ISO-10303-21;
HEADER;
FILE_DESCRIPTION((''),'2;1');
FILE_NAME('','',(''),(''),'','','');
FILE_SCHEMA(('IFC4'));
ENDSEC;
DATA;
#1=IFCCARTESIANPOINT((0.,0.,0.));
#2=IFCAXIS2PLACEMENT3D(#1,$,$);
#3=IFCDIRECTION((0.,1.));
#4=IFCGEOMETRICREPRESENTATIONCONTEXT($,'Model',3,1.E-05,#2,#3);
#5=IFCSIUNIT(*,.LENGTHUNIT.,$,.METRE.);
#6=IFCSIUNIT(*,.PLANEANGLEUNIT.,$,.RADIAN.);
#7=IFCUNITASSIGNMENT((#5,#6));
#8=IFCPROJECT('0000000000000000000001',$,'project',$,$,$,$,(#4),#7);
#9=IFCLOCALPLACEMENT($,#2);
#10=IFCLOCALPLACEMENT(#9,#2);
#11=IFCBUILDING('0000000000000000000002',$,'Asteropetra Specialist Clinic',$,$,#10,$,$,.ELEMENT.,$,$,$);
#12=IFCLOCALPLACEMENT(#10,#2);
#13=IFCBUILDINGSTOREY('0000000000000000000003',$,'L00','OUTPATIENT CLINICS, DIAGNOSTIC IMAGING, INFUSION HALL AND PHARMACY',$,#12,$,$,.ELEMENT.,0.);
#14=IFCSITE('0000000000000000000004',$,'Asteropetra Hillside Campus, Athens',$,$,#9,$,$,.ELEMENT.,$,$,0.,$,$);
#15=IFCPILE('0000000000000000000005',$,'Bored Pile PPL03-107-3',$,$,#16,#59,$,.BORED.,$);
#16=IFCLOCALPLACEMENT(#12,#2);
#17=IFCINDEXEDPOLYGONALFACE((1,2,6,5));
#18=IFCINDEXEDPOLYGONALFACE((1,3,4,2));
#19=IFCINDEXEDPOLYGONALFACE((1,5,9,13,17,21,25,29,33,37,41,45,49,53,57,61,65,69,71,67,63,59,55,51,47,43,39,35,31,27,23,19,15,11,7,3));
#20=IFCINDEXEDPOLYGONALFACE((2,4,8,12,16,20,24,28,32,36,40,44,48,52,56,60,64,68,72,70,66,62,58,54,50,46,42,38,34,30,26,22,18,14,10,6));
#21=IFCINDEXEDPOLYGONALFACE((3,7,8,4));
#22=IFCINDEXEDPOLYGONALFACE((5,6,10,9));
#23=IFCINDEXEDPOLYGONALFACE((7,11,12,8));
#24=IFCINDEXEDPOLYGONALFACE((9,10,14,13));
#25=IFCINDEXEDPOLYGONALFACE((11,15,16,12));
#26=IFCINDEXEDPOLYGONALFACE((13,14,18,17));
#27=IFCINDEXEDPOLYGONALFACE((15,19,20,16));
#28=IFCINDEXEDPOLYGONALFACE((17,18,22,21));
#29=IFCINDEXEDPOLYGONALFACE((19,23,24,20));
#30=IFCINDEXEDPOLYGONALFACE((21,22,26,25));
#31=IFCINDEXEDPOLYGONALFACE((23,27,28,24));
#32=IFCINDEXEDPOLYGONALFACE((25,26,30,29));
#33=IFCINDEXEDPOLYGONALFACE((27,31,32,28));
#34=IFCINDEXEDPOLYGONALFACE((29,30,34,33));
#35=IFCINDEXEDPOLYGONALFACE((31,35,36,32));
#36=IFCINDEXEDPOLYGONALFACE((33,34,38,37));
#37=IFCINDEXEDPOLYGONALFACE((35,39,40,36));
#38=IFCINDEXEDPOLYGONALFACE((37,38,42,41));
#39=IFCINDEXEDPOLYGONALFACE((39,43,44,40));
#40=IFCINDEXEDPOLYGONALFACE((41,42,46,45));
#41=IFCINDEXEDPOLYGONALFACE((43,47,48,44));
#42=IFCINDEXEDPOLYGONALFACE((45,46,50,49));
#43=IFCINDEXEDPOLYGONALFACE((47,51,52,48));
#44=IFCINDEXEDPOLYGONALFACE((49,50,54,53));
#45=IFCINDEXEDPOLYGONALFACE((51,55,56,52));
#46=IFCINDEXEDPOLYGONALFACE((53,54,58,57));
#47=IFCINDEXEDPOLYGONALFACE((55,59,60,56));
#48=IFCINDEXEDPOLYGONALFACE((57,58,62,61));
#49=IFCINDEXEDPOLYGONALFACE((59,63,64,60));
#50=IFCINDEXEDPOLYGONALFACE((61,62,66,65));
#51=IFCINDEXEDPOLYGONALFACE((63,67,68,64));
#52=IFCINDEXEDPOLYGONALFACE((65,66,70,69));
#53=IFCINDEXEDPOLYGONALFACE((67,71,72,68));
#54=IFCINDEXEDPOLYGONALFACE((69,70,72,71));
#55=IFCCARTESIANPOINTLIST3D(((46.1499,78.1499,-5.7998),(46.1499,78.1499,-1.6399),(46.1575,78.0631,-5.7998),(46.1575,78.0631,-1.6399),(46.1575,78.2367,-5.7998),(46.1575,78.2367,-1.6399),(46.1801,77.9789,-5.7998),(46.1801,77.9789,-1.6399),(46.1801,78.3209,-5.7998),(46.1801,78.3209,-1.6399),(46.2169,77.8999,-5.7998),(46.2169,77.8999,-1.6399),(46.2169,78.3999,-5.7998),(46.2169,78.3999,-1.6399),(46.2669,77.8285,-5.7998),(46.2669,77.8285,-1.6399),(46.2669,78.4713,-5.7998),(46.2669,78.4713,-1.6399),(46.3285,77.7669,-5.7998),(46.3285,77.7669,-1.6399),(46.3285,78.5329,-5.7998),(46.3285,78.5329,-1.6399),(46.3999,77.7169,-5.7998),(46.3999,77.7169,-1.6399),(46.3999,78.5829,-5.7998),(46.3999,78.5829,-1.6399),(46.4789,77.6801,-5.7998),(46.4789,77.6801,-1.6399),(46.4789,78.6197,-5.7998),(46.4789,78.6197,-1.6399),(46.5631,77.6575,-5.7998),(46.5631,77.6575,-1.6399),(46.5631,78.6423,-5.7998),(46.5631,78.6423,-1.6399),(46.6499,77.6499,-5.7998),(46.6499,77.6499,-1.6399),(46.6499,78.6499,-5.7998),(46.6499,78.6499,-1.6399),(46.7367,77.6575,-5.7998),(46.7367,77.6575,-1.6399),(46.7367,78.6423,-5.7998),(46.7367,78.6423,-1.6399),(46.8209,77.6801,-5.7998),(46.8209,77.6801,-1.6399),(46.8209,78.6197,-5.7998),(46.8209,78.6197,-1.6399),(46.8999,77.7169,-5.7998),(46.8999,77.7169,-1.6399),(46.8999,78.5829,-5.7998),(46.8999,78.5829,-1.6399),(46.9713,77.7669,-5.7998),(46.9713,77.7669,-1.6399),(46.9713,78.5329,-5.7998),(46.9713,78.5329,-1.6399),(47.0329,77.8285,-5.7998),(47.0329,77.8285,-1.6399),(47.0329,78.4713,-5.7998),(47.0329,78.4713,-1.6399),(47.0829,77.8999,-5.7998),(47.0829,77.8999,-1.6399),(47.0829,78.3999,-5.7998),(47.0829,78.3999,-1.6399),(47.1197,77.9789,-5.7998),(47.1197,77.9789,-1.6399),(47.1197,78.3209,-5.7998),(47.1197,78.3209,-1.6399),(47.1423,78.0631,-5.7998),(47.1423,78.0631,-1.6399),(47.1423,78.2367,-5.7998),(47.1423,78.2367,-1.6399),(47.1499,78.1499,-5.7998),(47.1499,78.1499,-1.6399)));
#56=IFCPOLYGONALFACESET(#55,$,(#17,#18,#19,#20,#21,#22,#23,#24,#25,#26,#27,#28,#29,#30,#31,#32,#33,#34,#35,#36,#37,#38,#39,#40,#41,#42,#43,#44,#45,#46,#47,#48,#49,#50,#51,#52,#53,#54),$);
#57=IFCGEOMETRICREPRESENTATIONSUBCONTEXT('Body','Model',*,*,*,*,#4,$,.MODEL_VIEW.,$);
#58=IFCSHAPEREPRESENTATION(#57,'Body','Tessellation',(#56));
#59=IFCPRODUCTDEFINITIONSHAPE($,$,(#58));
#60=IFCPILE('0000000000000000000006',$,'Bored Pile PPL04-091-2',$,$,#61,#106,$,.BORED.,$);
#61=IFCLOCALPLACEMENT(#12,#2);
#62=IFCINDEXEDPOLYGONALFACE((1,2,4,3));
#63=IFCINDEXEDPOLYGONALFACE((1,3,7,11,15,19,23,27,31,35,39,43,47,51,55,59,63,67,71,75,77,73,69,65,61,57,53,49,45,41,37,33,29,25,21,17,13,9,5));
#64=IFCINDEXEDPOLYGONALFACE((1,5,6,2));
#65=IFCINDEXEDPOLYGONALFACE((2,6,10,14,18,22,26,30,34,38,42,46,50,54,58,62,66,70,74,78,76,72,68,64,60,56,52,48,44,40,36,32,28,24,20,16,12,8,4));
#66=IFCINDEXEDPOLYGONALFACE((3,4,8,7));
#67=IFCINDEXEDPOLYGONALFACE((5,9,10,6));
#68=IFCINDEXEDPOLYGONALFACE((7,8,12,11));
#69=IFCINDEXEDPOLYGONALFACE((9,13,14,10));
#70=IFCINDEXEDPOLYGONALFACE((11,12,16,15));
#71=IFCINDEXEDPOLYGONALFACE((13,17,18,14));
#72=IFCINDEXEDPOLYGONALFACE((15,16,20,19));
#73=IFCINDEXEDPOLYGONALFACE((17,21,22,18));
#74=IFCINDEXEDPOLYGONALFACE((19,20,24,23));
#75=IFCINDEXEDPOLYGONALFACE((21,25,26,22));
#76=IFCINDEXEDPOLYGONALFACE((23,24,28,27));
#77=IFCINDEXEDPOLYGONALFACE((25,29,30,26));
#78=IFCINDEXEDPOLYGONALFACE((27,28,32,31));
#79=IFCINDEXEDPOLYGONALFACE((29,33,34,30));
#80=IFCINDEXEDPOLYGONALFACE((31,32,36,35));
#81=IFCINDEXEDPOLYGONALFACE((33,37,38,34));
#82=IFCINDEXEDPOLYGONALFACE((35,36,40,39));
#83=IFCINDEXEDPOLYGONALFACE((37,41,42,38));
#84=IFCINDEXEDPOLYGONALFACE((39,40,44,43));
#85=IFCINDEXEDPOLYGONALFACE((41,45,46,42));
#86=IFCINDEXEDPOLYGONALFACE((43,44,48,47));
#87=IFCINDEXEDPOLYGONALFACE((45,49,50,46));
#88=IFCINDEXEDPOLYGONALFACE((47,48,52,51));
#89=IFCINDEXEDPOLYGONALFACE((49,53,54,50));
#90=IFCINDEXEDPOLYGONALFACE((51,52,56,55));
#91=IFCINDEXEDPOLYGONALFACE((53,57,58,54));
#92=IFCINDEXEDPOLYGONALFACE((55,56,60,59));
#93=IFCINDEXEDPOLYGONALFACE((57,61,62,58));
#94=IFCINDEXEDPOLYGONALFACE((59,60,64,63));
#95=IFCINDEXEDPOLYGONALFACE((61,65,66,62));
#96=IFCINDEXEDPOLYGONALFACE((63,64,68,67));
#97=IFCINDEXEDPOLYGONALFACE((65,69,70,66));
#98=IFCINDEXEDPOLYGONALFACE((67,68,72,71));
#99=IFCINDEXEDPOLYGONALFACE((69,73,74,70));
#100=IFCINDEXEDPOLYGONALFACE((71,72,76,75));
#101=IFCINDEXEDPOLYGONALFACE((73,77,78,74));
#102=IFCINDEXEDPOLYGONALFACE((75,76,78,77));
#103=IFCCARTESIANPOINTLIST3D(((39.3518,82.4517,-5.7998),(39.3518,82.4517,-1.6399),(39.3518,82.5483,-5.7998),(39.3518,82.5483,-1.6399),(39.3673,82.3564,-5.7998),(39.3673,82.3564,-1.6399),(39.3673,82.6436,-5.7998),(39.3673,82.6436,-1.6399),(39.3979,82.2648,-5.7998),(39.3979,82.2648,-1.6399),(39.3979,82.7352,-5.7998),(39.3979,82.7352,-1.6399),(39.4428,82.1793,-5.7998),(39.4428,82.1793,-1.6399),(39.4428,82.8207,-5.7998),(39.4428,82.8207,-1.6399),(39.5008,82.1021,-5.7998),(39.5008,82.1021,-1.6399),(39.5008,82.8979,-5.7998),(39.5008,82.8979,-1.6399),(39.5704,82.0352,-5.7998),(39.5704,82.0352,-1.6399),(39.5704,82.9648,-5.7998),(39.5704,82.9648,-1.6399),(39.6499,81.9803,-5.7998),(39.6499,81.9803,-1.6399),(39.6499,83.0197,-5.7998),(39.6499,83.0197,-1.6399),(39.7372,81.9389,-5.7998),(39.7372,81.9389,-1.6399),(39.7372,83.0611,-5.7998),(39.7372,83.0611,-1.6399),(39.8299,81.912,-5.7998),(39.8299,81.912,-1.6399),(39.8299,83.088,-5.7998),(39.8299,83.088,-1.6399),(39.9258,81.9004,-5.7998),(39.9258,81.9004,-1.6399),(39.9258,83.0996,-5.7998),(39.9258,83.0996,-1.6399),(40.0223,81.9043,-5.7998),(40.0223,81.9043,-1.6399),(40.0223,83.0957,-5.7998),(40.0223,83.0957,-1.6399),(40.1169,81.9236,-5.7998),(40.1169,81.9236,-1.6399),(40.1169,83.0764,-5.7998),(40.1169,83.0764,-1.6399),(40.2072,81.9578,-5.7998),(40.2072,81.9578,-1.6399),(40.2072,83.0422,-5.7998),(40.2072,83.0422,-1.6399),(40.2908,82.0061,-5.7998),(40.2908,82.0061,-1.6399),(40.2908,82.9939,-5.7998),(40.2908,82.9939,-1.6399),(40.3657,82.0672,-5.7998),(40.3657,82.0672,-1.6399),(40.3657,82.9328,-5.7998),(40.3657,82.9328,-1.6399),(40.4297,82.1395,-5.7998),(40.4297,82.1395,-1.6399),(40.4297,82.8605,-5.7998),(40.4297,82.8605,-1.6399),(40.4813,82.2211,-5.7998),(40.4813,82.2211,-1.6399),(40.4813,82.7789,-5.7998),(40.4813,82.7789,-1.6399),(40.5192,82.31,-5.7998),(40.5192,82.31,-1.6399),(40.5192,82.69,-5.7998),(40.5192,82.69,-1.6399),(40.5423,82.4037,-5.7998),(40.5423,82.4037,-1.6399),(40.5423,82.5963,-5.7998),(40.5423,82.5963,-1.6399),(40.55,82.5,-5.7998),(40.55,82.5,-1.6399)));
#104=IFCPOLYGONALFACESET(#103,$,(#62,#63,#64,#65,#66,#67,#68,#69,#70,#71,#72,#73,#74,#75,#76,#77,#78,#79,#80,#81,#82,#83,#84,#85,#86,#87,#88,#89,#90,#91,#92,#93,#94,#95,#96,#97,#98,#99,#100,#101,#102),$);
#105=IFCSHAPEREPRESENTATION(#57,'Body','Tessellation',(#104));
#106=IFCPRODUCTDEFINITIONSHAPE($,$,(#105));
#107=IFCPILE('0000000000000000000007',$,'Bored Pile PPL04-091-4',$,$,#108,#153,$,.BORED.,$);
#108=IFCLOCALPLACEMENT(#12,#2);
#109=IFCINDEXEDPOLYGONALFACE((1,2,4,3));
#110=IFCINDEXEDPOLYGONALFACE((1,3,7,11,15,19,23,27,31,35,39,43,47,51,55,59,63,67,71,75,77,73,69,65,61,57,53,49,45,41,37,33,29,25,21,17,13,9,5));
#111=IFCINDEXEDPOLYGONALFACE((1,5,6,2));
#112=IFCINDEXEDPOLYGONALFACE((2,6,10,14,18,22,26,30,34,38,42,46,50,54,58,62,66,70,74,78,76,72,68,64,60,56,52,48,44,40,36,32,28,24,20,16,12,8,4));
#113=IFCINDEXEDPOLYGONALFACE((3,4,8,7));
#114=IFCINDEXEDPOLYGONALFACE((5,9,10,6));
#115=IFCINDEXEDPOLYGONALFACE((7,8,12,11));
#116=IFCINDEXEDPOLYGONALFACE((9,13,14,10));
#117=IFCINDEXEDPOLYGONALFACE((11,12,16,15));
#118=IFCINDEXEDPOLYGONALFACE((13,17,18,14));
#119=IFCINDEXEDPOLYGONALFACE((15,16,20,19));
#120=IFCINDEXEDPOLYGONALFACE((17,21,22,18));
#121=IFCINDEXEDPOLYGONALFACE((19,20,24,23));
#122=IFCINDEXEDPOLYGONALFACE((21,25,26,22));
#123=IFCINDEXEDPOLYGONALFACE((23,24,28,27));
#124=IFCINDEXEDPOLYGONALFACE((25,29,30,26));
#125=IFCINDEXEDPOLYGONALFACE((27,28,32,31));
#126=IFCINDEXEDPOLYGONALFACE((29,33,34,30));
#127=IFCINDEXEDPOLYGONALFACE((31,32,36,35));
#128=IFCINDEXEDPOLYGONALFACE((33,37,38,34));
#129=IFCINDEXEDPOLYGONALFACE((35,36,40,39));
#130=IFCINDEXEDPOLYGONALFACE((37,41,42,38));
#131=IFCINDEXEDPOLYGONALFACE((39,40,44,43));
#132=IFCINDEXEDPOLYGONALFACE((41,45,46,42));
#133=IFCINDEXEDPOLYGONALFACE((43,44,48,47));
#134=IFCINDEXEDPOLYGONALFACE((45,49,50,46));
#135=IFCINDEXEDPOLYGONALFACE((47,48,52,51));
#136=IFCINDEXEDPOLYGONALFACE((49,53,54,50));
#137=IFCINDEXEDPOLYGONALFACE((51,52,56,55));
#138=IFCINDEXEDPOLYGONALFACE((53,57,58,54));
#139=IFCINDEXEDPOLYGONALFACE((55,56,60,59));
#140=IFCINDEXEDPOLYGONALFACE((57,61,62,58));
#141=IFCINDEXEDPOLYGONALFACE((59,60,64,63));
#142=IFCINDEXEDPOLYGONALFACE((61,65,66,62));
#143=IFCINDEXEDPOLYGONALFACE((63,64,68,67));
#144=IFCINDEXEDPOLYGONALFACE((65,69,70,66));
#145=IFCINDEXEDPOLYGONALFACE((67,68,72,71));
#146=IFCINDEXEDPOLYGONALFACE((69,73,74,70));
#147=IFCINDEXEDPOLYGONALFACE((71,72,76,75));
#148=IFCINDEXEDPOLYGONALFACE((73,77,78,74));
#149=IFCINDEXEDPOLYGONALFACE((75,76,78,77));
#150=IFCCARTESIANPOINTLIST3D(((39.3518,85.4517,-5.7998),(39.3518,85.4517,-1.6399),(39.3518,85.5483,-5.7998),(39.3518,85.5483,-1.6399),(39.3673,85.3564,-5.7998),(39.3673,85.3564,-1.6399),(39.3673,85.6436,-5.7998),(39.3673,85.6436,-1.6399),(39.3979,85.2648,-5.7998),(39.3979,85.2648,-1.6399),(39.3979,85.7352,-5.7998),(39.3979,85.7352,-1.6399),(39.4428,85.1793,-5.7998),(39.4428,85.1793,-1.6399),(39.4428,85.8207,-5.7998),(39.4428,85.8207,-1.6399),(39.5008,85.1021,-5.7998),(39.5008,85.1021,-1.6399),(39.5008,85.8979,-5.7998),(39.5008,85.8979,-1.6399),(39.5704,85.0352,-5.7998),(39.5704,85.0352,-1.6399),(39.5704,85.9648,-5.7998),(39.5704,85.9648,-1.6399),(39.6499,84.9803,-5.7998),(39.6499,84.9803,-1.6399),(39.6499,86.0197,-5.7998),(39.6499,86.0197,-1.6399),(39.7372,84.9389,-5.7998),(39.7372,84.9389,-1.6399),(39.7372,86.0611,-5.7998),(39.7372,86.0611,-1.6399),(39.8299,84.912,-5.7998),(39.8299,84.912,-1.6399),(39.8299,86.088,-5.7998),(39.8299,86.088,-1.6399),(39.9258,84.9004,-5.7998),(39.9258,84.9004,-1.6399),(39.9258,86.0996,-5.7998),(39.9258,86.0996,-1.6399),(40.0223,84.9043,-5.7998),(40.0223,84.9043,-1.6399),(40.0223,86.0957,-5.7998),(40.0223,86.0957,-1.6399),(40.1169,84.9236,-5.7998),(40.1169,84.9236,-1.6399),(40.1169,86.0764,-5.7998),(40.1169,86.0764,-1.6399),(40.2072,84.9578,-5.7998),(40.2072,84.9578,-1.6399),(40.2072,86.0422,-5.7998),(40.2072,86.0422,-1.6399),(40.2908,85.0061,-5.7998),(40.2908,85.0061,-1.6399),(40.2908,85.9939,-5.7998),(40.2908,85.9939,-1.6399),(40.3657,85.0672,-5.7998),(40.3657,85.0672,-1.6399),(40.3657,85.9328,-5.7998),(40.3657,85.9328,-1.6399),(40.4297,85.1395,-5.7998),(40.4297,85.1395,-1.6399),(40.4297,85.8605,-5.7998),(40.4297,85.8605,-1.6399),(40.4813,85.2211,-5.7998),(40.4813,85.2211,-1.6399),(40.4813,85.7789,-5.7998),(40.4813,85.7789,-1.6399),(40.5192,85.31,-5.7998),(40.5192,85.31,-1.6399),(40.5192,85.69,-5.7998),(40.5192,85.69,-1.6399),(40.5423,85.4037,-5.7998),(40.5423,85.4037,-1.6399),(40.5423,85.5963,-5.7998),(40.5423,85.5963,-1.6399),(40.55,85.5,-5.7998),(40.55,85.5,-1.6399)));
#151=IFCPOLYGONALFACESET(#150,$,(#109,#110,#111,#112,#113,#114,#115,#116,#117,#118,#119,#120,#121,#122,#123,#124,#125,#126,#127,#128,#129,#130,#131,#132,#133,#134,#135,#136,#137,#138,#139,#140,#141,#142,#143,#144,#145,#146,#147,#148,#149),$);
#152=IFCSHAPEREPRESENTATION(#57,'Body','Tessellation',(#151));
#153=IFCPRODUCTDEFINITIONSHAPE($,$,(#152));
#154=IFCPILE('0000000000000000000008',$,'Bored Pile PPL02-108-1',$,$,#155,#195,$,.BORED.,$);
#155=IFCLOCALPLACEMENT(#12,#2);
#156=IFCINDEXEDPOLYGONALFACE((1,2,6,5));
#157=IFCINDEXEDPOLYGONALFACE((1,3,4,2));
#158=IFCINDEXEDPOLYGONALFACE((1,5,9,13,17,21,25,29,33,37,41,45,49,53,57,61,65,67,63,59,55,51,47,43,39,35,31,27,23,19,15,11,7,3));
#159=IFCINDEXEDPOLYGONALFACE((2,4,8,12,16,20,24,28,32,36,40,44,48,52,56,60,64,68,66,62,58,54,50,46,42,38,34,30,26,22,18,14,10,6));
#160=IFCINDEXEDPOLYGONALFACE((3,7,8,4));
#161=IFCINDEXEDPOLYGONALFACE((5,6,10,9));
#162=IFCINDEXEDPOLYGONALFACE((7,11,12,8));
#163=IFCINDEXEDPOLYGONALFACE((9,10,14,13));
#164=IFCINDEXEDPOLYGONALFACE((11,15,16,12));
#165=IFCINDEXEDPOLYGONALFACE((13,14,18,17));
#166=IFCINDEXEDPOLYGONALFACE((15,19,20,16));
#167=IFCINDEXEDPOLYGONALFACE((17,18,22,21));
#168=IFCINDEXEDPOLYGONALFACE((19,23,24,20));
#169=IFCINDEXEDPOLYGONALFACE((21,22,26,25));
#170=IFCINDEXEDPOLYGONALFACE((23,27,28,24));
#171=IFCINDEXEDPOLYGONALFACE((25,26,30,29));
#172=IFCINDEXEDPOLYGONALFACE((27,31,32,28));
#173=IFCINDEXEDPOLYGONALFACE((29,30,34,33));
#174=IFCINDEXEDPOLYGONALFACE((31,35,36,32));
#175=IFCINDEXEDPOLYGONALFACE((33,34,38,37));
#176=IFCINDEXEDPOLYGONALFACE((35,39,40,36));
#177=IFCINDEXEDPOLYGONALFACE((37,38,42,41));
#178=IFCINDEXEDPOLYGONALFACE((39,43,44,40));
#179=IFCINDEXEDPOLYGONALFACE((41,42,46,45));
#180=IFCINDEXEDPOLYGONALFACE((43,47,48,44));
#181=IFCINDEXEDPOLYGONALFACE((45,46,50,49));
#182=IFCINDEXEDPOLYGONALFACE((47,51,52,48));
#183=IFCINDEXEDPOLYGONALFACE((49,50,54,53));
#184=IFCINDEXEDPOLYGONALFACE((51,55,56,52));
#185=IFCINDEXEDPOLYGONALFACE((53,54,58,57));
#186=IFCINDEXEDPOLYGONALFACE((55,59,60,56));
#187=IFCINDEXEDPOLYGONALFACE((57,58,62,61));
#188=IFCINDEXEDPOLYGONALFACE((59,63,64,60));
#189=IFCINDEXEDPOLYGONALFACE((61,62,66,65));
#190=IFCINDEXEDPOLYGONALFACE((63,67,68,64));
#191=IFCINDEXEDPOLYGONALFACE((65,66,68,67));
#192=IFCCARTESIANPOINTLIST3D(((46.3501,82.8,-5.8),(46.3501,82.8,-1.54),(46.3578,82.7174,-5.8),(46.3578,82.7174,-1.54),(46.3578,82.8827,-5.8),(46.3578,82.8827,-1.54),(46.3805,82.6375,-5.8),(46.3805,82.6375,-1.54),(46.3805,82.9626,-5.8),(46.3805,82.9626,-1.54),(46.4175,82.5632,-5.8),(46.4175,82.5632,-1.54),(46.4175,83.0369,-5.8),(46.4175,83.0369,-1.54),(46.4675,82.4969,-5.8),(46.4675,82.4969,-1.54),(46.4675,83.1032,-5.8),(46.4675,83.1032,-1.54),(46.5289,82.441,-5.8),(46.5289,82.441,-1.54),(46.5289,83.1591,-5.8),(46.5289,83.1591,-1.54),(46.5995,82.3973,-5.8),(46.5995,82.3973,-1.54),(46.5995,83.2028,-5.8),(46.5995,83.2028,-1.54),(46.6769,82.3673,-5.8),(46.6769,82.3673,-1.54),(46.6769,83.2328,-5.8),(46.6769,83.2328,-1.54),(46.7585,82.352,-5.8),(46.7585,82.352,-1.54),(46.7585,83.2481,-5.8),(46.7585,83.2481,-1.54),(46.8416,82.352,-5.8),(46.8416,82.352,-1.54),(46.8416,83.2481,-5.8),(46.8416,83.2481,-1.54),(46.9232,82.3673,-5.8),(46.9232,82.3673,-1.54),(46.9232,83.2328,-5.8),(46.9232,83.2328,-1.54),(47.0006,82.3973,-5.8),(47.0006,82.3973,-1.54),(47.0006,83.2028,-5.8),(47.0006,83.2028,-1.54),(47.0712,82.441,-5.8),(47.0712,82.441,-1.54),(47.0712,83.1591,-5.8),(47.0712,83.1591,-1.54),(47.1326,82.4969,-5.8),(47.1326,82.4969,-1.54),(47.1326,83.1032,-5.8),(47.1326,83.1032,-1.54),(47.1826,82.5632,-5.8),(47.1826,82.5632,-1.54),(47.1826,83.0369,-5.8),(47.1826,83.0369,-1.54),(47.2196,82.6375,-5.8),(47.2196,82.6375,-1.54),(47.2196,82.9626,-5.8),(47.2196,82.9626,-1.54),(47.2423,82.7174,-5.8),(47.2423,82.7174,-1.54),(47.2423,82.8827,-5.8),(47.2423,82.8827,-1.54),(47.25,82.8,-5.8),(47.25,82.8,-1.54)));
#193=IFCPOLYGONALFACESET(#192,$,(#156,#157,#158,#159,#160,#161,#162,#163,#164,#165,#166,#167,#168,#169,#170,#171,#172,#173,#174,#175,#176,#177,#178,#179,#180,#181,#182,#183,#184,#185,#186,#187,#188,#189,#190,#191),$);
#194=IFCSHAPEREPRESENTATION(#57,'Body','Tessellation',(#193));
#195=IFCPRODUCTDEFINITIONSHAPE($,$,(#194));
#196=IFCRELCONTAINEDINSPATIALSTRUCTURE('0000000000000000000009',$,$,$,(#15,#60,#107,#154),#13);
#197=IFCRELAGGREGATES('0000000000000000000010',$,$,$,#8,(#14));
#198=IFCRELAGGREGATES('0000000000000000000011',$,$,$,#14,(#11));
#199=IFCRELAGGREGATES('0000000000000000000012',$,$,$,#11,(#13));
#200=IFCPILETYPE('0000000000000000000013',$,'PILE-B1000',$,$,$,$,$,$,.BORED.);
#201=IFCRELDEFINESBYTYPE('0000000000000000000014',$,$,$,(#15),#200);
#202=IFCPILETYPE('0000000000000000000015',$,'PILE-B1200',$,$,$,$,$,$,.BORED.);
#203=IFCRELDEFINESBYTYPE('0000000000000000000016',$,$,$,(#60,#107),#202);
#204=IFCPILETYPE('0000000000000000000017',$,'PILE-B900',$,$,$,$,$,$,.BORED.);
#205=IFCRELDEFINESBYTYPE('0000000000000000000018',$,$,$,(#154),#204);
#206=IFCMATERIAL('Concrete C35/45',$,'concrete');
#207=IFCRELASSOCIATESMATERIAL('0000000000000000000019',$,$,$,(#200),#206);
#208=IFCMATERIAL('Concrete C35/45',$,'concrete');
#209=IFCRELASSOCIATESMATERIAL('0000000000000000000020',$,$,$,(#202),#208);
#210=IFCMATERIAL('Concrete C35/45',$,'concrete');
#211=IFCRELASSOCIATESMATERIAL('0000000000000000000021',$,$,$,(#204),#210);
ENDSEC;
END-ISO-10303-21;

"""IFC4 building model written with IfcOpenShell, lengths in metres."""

from ifc_helpers import new_model, si_unit, direction, frame, origin, origin_2d, place, context, subcontext, project, spatial, circle, extrude, material, material_profile, profile_set, type_object, element, save


model = new_model("IFC4")

# Units and contexts
model_context = context("Model", 3, precision=1e-05, world=origin(), true_north=direction((0.0, 1.0)))
body_context = subcontext(model_context, "Body", "Model", "MODEL_VIEW")
ifc_project = project(units=[si_unit("LENGTHUNIT", "METRE"), si_unit("PLANEANGLEUNIT", "RADIAN")], contexts=[model_context])

# Site, building, storey
site_placement = place(None, origin())
site = spatial("IfcSite", under=ifc_project, at=site_placement, Name="Asteropetra Hillside Campus, Athens", CompositionType="ELEMENT", RefElevation=0.0)
building_placement = place(site_placement, origin())
building = spatial("IfcBuilding", under=site, at=building_placement, Name="Asteropetra Specialist Clinic", CompositionType="ELEMENT")
storey_placement = place(building_placement, origin())
storey = spatial("IfcBuildingStorey", under=building, at=storey_placement, Name="L00", Description="OUTPATIENT CLINICS, DIAGNOSTIC IMAGING, INFUSION HALL AND PHARMACY", CompositionType="ELEMENT", Elevation=0.0)

# Piles
ifc_material_1 = material(Name="Concrete C35/45", Category="concrete")
ifc_material_profile_1 = material_profile(ifc_material_1, circle(Radius=0.5, at=origin_2d()), Name="PILE D1000")
ifc_profile_set_1 = profile_set([ifc_material_profile_1], Name="Concrete C35/45")
pile_type_1 = type_object("IfcPileType", Name="PILE-B1000", PredefinedType="BORED", material=ifc_profile_set_1)
pile_placement = place(storey_placement, frame((46.6499, 78.1499, -1.6399), z_axis=(0.0, 0.0, -1.0), x_axis=(1.0, 0.0, 0.0)))
element("IfcPile", 1, at=pile_placement, inside=storey, type_object=pile_type_1, Name="Bored Pile PPL03-107-3", PredefinedType="BORED", context=body_context, shape_type="SweptSolid", body=[
    extrude(circle(Radius=0.5, at=origin_2d()), origin(), (0.0, 0.0, 1.0), 4.1599),
])
ifc_material_2 = material(Name="Concrete C35/45", Category="concrete")
ifc_material_profile_2 = material_profile(ifc_material_2, circle(Radius=0.6001, at=origin_2d()), Name="PILE D1200")
ifc_profile_set_2 = profile_set([ifc_material_profile_2], Name="Concrete C35/45")
pile_type_2 = type_object("IfcPileType", Name="PILE-B1200", PredefinedType="BORED", material=ifc_profile_set_2)
for number, where, z_axis, x_axis, name in (
    (2, (39.95, 82.5, -1.6399), (0.0, 0.0, -1.0), (1.0, 0.0, 0.0), "Bored Pile PPL04-091-2"),
    (3, (39.95, 85.5, -1.6399), (0.0, 0.0, -1.0), (1.0, 0.0, 0.0), "Bored Pile PPL04-091-4"),
):
    element("IfcPile", number, at=place(storey_placement, frame(where, z_axis=z_axis, x_axis=x_axis)), inside=storey, type_object=pile_type_2, Name=name, PredefinedType="BORED", context=body_context, shape_type="SweptSolid", body=[
        extrude(circle(Radius=0.6001, at=origin_2d()), origin(), (0.0, 0.0, 1.0), 4.1599),
    ])
ifc_material_3 = material(Name="Concrete C35/45", Category="concrete")
ifc_material_profile_3 = material_profile(ifc_material_3, circle(Radius=0.45, at=origin_2d()), Name="PILE D900")
ifc_profile_set_3 = profile_set([ifc_material_profile_3], Name="Concrete C35/45")
pile_type_3 = type_object("IfcPileType", Name="PILE-B900", PredefinedType="BORED", material=ifc_profile_set_3)
for number, where, z_axis, x_axis, name in (
    (4, (46.8, 82.8, -1.54), (0.0, 0.0, -1.0), (1.0, 0.0, 0.0), "Bored Pile PPL02-108-1"),
):
    element("IfcPile", number, at=place(storey_placement, frame(where, z_axis=z_axis, x_axis=x_axis)), inside=storey, type_object=pile_type_3, Name=name, PredefinedType="BORED", context=body_context, shape_type="SweptSolid", body=[
        extrude(circle(Radius=0.45, at=origin_2d()), origin(), (0.0, 0.0, 1.0), 4.26),
    ])

save(model, "model.ifc")
